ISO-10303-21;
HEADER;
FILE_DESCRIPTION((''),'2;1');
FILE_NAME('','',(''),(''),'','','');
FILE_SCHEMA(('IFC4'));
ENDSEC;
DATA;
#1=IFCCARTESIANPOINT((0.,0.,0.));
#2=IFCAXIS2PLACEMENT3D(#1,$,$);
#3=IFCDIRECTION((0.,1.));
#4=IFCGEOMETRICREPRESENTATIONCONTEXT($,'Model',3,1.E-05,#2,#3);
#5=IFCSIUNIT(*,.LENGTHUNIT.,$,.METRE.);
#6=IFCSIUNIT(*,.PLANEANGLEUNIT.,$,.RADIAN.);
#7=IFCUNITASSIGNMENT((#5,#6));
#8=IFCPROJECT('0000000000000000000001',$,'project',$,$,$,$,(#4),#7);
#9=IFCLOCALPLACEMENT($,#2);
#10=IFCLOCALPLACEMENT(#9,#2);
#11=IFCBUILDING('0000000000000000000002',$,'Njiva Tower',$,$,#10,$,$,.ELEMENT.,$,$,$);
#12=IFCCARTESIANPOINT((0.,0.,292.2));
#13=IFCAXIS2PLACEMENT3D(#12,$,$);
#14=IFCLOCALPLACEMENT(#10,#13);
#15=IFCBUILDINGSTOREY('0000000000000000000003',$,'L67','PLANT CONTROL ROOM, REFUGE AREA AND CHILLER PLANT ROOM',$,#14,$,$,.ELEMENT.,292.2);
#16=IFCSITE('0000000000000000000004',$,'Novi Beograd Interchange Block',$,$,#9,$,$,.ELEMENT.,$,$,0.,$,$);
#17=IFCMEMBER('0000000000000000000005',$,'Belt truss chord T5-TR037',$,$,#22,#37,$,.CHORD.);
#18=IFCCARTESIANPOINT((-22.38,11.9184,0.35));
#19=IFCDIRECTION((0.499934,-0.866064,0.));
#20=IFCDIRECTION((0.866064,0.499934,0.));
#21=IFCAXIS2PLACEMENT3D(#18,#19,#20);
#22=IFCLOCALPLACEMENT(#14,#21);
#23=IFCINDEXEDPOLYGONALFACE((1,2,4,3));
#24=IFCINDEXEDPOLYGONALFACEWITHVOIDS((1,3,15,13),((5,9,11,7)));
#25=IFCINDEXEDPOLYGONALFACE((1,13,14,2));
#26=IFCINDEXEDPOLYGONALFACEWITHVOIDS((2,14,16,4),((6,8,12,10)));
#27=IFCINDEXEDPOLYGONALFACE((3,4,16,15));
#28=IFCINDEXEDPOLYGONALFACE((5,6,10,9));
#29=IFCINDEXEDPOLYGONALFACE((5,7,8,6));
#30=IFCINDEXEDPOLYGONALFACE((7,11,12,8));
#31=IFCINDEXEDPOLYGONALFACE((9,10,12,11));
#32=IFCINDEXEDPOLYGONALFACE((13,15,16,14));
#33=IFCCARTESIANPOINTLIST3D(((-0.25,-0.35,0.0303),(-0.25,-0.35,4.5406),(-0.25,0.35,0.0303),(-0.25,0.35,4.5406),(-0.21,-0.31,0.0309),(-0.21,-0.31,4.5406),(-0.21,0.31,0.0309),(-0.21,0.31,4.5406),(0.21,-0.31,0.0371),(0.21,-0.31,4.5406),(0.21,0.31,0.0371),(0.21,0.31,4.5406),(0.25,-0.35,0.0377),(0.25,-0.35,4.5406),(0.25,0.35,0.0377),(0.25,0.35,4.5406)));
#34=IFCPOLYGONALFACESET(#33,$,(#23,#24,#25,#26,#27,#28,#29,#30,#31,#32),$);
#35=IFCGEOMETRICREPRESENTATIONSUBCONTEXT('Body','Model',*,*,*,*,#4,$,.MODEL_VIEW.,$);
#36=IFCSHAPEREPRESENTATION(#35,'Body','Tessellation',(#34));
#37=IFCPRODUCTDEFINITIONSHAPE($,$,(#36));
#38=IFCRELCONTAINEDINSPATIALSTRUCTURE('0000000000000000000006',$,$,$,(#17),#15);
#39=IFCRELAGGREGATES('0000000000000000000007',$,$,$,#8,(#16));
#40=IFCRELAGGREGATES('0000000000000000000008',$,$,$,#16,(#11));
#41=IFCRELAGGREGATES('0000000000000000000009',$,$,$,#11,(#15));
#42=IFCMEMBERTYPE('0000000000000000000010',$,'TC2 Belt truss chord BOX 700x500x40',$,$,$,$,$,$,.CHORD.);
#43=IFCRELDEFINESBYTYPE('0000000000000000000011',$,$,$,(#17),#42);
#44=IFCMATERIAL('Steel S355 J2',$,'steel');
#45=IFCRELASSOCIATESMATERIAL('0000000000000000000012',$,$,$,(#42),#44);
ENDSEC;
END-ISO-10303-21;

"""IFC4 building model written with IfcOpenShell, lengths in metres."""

from ifc_helpers import new_model, si_unit, direction, frame, origin, origin_2d, place, context, subcontext, project, spatial, hollow_rectangle, extrude, clip, halfspace, material, material_profile, profile_set, type_object, element, save


model = new_model("IFC4")

# Units and contexts
model_context = context("Model", 3, precision=1e-05, world=origin(), true_north=direction((0.0, 1.0)))
body_context = subcontext(model_context, "Body", "Model", "MODEL_VIEW")
ifc_project = project(units=[si_unit("LENGTHUNIT", "METRE"), si_unit("PLANEANGLEUNIT", "RADIAN")], contexts=[model_context])

# Site, building, storey
site_placement = place(None, origin())
site = spatial("IfcSite", under=ifc_project, at=site_placement, Name="Novi Beograd Interchange Block", CompositionType="ELEMENT", RefElevation=0.0)
building_placement = place(site_placement, origin())
building = spatial("IfcBuilding", under=site, at=building_placement, Name="Njiva Tower", CompositionType="ELEMENT")
storey_placement = place(building_placement, frame((0.0, 0.0, 292.2)))
storey = spatial("IfcBuildingStorey", under=building, at=storey_placement, Name="L67", Description="PLANT CONTROL ROOM, REFUGE AREA AND CHILLER PLANT ROOM", CompositionType="ELEMENT", Elevation=292.2)

# Shared definitions
ifc_material_1 = material(Name="Steel S355 J2", Category="steel")

# Member
ifc_material_profile_1 = material_profile(ifc_material_1, hollow_rectangle(XDim=0.5, YDim=0.7, WallThickness=0.04, at=origin_2d()), Name="BOX 700x500x40")
ifc_profile_set_1 = profile_set([ifc_material_profile_1], Name="Steel S355 J2")
member_type_1 = type_object("IfcMemberType", Name="TC2 Belt truss chord BOX 700x500x40", PredefinedType="CHORD", material=ifc_profile_set_1)
member_1_placement = place(storey_placement, frame((-22.38, 11.9184, 0.35), z_axis=(0.499934, -0.866064, 0.0), x_axis=(0.866064, 0.499934, 0.0)))
element("IfcMember", 1, at=member_1_placement, inside=storey, type_object=member_type_1, Name="Belt truss chord T5-TR037", PredefinedType="CHORD", context=body_context, shape_type="Clipping", body=[
    clip(extrude(hollow_rectangle(XDim=0.5, YDim=0.7, WallThickness=0.04, at=origin_2d()), origin(), (0.0, 0.0, 1.0), 4.5406), halfspace(frame((0.0, -292.55, 0.034), z_axis=(0.01495, 0.0, -0.999888), x_axis=(0.0, -1.0, 0.0)), False)),
])

save(model, "model.ifc")
